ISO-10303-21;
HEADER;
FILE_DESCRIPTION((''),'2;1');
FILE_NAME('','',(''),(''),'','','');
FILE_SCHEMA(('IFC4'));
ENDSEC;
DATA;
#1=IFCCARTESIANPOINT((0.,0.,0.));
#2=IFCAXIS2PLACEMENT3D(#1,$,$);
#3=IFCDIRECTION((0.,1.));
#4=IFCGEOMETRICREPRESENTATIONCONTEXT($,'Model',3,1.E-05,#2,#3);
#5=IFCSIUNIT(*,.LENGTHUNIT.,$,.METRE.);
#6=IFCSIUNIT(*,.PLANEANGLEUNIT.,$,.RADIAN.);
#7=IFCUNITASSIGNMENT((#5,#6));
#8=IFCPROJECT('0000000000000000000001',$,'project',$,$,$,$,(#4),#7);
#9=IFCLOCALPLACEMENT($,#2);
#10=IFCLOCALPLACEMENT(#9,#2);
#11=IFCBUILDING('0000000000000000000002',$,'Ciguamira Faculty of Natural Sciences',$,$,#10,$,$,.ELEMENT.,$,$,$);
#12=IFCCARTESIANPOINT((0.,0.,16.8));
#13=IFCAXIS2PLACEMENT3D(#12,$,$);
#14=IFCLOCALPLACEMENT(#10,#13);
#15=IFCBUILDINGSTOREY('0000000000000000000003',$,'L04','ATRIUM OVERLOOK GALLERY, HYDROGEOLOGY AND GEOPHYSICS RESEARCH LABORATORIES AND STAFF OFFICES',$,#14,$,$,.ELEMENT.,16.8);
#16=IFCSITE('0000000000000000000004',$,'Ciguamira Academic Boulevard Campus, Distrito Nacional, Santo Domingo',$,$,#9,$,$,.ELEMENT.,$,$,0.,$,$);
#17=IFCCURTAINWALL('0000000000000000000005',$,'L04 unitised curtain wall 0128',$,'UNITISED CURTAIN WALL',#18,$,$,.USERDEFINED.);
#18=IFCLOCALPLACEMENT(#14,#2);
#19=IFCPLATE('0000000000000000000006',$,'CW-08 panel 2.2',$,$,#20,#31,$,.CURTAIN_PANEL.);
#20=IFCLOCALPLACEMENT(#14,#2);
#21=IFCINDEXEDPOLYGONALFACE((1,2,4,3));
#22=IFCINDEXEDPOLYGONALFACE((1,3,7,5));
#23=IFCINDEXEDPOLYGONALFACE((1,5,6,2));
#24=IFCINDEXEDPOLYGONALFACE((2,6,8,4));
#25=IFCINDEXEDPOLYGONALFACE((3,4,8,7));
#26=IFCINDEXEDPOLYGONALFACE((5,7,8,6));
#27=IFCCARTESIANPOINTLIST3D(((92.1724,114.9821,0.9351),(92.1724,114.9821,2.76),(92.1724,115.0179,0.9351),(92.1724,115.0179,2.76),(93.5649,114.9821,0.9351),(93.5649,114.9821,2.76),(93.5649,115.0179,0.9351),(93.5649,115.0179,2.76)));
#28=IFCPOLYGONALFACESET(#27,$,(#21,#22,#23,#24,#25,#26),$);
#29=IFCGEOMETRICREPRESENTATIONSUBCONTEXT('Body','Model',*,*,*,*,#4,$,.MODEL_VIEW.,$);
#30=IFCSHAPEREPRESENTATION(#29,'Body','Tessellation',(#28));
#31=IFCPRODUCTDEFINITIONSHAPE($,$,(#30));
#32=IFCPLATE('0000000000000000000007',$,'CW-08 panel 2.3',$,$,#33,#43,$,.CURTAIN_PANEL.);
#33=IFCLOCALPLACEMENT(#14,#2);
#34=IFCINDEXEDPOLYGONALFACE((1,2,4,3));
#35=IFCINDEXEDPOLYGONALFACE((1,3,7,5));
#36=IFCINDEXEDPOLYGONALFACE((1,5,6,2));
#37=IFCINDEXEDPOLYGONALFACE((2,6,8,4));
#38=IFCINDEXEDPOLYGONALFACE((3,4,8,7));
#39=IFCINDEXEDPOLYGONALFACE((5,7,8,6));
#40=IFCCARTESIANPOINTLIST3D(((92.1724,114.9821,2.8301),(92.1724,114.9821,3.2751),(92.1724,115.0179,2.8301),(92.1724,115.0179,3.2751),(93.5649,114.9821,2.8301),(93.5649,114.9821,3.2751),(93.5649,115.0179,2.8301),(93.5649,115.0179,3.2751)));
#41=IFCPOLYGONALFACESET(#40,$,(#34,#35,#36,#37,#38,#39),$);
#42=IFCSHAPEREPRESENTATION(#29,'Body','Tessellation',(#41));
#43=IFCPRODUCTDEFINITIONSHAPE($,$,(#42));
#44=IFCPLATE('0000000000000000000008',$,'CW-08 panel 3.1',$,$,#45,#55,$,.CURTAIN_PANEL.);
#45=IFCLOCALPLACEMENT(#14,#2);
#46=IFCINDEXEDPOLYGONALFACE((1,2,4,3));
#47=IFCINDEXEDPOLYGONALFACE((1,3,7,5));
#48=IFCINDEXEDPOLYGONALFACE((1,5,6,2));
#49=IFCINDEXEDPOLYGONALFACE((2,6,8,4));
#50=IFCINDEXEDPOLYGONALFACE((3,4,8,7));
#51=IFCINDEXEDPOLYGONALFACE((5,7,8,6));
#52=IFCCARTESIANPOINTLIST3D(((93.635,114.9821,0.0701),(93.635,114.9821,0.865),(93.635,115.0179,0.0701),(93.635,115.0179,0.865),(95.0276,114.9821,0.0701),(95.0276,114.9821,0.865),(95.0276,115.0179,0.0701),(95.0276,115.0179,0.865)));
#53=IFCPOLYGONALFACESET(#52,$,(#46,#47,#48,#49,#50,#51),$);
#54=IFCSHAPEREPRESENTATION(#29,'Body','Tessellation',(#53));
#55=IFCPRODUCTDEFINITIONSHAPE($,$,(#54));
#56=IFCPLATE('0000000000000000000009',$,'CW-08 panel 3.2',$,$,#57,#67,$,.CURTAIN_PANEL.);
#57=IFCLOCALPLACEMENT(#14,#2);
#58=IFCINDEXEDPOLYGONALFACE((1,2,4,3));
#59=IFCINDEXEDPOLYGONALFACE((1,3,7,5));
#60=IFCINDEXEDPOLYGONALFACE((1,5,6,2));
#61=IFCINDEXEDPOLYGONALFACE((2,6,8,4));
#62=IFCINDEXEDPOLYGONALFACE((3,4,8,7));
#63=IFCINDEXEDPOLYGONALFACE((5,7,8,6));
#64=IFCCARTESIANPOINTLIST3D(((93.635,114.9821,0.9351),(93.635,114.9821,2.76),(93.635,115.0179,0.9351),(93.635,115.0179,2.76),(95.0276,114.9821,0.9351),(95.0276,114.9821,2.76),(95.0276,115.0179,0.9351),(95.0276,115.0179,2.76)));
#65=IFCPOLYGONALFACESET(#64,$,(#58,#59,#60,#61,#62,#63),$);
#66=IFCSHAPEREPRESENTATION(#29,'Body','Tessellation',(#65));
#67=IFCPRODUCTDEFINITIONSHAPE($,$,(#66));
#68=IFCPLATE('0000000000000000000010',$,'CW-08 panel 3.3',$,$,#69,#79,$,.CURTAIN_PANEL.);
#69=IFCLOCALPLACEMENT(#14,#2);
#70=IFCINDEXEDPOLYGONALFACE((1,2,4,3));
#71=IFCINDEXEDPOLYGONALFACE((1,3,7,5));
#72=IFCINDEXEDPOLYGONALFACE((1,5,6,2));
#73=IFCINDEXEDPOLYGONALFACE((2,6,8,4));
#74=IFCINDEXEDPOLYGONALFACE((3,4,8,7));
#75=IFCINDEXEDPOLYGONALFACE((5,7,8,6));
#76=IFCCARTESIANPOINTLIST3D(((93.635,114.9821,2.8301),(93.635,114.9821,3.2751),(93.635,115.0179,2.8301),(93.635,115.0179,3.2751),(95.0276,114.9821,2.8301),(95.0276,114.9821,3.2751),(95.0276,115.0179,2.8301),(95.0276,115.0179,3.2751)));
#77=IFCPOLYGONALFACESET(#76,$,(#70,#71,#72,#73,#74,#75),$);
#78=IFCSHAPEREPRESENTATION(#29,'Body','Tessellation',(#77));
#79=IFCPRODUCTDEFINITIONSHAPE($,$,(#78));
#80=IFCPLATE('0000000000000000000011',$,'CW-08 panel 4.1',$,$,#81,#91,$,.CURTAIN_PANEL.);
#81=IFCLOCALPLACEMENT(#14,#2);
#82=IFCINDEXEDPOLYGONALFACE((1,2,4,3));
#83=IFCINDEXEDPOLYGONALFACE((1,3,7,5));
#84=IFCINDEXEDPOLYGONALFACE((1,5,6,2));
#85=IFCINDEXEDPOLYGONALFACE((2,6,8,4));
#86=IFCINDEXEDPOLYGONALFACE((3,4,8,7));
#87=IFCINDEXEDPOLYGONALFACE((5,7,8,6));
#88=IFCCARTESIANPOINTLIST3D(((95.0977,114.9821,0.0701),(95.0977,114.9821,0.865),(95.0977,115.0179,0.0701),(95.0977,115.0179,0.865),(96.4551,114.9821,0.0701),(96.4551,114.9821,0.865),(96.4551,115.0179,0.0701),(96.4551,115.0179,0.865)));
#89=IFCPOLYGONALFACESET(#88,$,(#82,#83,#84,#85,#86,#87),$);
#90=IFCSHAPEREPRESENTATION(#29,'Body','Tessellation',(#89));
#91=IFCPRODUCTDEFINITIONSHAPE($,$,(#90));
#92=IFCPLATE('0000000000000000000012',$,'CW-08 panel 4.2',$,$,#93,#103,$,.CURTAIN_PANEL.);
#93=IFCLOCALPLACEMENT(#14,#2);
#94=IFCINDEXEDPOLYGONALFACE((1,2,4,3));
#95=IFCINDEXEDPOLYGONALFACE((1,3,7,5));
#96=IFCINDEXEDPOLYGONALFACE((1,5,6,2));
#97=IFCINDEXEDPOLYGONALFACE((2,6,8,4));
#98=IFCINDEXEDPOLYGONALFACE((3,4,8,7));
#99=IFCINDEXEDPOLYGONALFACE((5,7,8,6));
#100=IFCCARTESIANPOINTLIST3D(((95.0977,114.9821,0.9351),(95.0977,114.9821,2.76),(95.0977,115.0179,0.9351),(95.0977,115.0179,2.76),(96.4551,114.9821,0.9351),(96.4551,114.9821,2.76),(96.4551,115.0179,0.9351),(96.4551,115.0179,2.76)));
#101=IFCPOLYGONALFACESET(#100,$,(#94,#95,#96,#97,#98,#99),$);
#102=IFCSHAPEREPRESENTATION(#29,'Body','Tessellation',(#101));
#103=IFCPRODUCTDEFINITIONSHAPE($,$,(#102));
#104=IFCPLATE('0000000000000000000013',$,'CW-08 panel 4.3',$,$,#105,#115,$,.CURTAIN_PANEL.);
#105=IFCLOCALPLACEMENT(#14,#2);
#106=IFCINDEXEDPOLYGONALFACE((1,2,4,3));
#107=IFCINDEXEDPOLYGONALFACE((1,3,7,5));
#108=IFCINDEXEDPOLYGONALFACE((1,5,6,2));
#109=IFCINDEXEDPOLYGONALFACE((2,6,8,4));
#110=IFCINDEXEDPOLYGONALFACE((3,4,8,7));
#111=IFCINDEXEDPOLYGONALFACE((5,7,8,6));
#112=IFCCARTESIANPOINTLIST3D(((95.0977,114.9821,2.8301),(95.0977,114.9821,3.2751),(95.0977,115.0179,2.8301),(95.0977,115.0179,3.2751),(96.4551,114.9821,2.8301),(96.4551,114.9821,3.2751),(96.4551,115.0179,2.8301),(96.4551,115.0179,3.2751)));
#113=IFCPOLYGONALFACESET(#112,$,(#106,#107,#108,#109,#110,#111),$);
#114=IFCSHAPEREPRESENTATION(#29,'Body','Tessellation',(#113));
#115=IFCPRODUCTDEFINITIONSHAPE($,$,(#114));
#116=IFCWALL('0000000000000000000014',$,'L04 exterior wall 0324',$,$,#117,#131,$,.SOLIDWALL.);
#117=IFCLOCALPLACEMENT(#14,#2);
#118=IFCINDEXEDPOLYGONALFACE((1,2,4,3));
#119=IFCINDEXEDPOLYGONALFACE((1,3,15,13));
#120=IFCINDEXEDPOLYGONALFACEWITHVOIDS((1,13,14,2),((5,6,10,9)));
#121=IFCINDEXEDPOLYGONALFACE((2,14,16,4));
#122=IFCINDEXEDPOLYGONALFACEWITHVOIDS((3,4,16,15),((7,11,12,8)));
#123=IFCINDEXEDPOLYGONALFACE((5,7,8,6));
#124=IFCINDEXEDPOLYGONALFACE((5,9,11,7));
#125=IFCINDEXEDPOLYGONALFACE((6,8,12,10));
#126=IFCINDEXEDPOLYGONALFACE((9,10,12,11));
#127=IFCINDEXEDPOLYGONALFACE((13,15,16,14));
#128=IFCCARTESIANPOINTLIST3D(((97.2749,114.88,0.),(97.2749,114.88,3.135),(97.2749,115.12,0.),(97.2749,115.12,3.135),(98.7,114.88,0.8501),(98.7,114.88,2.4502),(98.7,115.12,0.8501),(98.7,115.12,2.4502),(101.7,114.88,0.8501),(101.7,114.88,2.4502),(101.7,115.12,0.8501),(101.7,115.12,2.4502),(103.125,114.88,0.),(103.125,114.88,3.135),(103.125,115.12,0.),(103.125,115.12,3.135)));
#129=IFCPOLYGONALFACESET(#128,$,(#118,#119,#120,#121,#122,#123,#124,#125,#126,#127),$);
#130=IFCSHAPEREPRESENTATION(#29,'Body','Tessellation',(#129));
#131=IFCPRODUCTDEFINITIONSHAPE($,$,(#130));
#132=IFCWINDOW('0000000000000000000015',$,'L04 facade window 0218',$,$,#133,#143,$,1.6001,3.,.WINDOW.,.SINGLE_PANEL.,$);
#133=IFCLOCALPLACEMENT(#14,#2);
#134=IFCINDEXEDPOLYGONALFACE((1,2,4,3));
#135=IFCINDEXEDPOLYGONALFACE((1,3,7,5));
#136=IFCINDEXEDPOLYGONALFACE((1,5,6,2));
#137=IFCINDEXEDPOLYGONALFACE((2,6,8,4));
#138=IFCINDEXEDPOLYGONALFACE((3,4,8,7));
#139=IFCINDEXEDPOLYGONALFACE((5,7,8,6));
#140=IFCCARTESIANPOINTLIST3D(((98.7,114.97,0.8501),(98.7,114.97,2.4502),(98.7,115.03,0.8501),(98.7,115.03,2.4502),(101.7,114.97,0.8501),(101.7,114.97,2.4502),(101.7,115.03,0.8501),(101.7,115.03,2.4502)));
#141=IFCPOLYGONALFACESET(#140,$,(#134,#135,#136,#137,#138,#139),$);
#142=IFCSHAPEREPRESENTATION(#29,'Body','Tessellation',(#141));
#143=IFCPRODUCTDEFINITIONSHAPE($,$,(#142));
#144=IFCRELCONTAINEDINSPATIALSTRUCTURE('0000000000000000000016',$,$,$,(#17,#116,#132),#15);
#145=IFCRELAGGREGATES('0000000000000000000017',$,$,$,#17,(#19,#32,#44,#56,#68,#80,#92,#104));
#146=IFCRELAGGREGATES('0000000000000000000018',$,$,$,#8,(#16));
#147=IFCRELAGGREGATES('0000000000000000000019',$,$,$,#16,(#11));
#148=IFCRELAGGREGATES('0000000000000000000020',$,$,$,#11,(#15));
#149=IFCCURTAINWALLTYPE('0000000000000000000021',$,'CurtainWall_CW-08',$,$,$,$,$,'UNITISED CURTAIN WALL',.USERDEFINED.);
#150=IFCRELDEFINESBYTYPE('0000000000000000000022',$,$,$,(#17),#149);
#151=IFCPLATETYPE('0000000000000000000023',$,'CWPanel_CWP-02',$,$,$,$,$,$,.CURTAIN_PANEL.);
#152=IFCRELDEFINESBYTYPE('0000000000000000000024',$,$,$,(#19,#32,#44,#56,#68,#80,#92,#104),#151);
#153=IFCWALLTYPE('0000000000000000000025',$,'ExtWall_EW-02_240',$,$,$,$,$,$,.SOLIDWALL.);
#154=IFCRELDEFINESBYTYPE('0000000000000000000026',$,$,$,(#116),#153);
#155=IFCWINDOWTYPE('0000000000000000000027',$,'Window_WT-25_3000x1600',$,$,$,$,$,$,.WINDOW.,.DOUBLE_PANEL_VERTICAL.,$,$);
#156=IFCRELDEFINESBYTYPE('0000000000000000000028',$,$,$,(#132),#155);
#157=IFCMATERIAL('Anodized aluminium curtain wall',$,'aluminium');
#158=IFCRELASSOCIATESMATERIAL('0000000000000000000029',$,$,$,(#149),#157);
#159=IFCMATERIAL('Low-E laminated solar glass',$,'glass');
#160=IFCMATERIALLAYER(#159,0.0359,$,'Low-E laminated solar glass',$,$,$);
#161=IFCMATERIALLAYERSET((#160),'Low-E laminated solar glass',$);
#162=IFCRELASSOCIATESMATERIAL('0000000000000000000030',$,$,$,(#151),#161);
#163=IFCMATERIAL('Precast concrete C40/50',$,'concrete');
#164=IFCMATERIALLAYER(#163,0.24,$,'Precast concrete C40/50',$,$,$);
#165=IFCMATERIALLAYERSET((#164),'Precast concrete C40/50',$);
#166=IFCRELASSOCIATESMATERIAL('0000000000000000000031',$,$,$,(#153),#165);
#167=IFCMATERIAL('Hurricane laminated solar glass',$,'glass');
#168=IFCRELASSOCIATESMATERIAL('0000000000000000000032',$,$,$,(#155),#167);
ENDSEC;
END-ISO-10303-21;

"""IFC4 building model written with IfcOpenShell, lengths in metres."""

from ifc_helpers import new_model, si_unit, direction, frame, frame_2d, origin, origin_2d, place, context, subcontext, project, spatial, rectangle, extrude, material, layer, layer_set, type_object, element, fill, aggregate, save


model = new_model("IFC4")

# Units and contexts
model_context = context("Model", 3, precision=1e-05, world=origin(), true_north=direction((0.0, 1.0)))
body_context = subcontext(model_context, "Body", "Model", "MODEL_VIEW")
ifc_project = project(units=[si_unit("LENGTHUNIT", "METRE"), si_unit("PLANEANGLEUNIT", "RADIAN")], contexts=[model_context])

# Site, building, storey
site_placement = place(None, origin())
site = spatial("IfcSite", under=ifc_project, at=site_placement, Name="Ciguamira Academic Boulevard Campus, Distrito Nacional, Santo Domingo", CompositionType="ELEMENT", RefElevation=0.0)
building_placement = place(site_placement, origin())
building = spatial("IfcBuilding", under=site, at=building_placement, Name="Ciguamira Faculty of Natural Sciences", CompositionType="ELEMENT")
storey_placement = place(building_placement, frame((0.0, 0.0, 16.8)))
storey = spatial("IfcBuildingStorey", under=building, at=storey_placement, Name="L04", Description="ATRIUM OVERLOOK GALLERY, HYDROGEOLOGY AND GEOPHYSICS RESEARCH LABORATORIES AND STAFF OFFICES", CompositionType="ELEMENT", Elevation=16.8)

# Curtain wall
ifc_material_1 = material(Name="Anodized aluminium curtain wall", Category="aluminium")
curtain_wall_type = type_object("IfcCurtainWallType", Name="CurtainWall_CW-08", ElementType="UNITISED CURTAIN WALL", PredefinedType="USERDEFINED", material=ifc_material_1)
curtain_wall_placement = place(storey_placement, origin())
curtain_wall = element("IfcCurtainWall", 1, at=curtain_wall_placement, inside=storey, type_object=curtain_wall_type, Name="L04 unitised curtain wall 0128", ObjectType="UNITISED CURTAIN WALL", PredefinedType="USERDEFINED")

# Plates
ifc_material_2 = material(Name="Low-E laminated solar glass", Category="glass")
ifc_layer_1 = layer(ifc_material_2, 0.0359, Name="Low-E laminated solar glass")
ifc_layer_set_1 = layer_set([ifc_layer_1], Name="Low-E laminated solar glass")
plate_type = type_object("IfcPlateType", Name="CWPanel_CWP-02", PredefinedType="CURTAIN_PANEL", material=ifc_layer_set_1)
plate_1_placement = place(storey_placement, frame((92.8687, 115.0, 0.9351), z_axis=(0.0, 0.0, 1.0), x_axis=(1.0, 0.0, 0.0)))
plate_1 = element("IfcPlate", 2, at=plate_1_placement, type_object=plate_type, Name="CW-08 panel 2.2", PredefinedType="CURTAIN_PANEL", context=body_context, shape_type="SweptSolid", body=[
    extrude(rectangle(XDim=1.3926, YDim=0.0359, at=origin_2d()), origin(), (0.0, 0.0, 1.0), 1.825),
])
plate_2_placement = place(storey_placement, frame((92.8687, 115.0, 2.8301), z_axis=(0.0, 0.0, 1.0), x_axis=(1.0, 0.0, 0.0)))
plate_2 = element("IfcPlate", 3, at=plate_2_placement, type_object=plate_type, Name="CW-08 panel 2.3", PredefinedType="CURTAIN_PANEL", context=body_context, shape_type="SweptSolid", body=[
    extrude(rectangle(XDim=1.3926, YDim=0.0359, at=origin_2d()), origin(), (0.0, 0.0, 1.0), 0.4451),
])
plate_3_placement = place(storey_placement, frame((94.3313, 115.0, 0.0701), z_axis=(0.0, 0.0, 1.0), x_axis=(1.0, 0.0, 0.0)))
plate_3 = element("IfcPlate", 4, at=plate_3_placement, type_object=plate_type, Name="CW-08 panel 3.1", PredefinedType="CURTAIN_PANEL", context=body_context, shape_type="SweptSolid", body=[
    extrude(rectangle(XDim=1.3926, YDim=0.0359, at=origin_2d()), origin(), (0.0, 0.0, 1.0), 0.7949),
])
plate_4_placement = place(storey_placement, frame((94.3313, 115.0, 0.9351), z_axis=(0.0, 0.0, 1.0), x_axis=(1.0, 0.0, 0.0)))
plate_4 = element("IfcPlate", 5, at=plate_4_placement, type_object=plate_type, Name="CW-08 panel 3.2", PredefinedType="CURTAIN_PANEL", context=body_context, shape_type="SweptSolid", body=[
    extrude(rectangle(XDim=1.3926, YDim=0.0359, at=origin_2d()), origin(), (0.0, 0.0, 1.0), 1.825),
])
plate_5_placement = place(storey_placement, frame((94.3313, 115.0, 2.8301), z_axis=(0.0, 0.0, 1.0), x_axis=(1.0, 0.0, 0.0)))
plate_5 = element("IfcPlate", 6, at=plate_5_placement, type_object=plate_type, Name="CW-08 panel 3.3", PredefinedType="CURTAIN_PANEL", context=body_context, shape_type="SweptSolid", body=[
    extrude(rectangle(XDim=1.3926, YDim=0.0359, at=origin_2d()), origin(), (0.0, 0.0, 1.0), 0.4451),
])
plate_6_placement = place(storey_placement, frame((95.7764, 115.0, 0.0701), z_axis=(0.0, 0.0, 1.0), x_axis=(1.0, 0.0, 0.0)))
plate_6 = element("IfcPlate", 7, at=plate_6_placement, type_object=plate_type, Name="CW-08 panel 4.1", PredefinedType="CURTAIN_PANEL", context=body_context, shape_type="SweptSolid", body=[
    extrude(rectangle(XDim=1.3574, YDim=0.0359, at=origin_2d()), origin(), (0.0, 0.0, 1.0), 0.7949),
])
plate_7_placement = place(storey_placement, frame((95.7764, 115.0, 0.9351), z_axis=(0.0, 0.0, 1.0), x_axis=(1.0, 0.0, 0.0)))
plate_7 = element("IfcPlate", 8, at=plate_7_placement, type_object=plate_type, Name="CW-08 panel 4.2", PredefinedType="CURTAIN_PANEL", context=body_context, shape_type="SweptSolid", body=[
    extrude(rectangle(XDim=1.3574, YDim=0.0359, at=origin_2d()), origin(), (0.0, 0.0, 1.0), 1.825),
])
plate_8_placement = place(storey_placement, frame((95.7764, 115.0, 2.8301), z_axis=(0.0, 0.0, 1.0), x_axis=(1.0, 0.0, 0.0)))
plate_8 = element("IfcPlate", 9, at=plate_8_placement, type_object=plate_type, Name="CW-08 panel 4.3", PredefinedType="CURTAIN_PANEL", context=body_context, shape_type="SweptSolid", body=[
    extrude(rectangle(XDim=1.3574, YDim=0.0359, at=origin_2d()), origin(), (0.0, 0.0, 1.0), 0.4451),
])
aggregate(curtain_wall, [plate_1, plate_2, plate_3, plate_4, plate_5, plate_6, plate_7, plate_8])

# Wall, opening, window
ifc_material_3 = material(Name="Precast concrete C40/50", Category="concrete")
ifc_layer_2 = layer(ifc_material_3, 0.24, Name="Precast concrete C40/50")
ifc_layer_set_2 = layer_set([ifc_layer_2], Name="Precast concrete C40/50")
wall_type = type_object("IfcWallType", Name="ExtWall_EW-02_240", PredefinedType="SOLIDWALL", material=ifc_layer_set_2)
wall_placement = place(storey_placement, frame((97.2749, 115.0, 0.0), z_axis=(0.0, 0.0, 1.0), x_axis=(1.0, 0.0, 0.0)))
wall = element("IfcWall", 10, at=wall_placement, inside=storey, type_object=wall_type, Name="L04 exterior wall 0324", PredefinedType="SOLIDWALL", context=body_context, shape_type="SweptSolid", body=[
    extrude(rectangle(XDim=5.8501, YDim=0.24, at=frame_2d((2.925, 0.0))), origin(), (0.0, 0.0, 1.0), 3.135),
])
opening_placement = place(wall_placement, frame((1.425, 0.0, 0.8501)))
opening = element("IfcOpeningElement", 11, at=opening_placement, cuts=wall, PredefinedType="OPENING", context=body_context, shape_type="SweptSolid", body=[
    extrude(rectangle(XDim=3.0, YDim=1.6001, at=frame_2d((1.5, 0.8))), frame((0.0, 0.1299, 0.0), z_axis=(0.0, -1.0, 0.0), x_axis=(1.0, 0.0, 0.0)), (0.0, 0.0, 1.0), 0.26),
])
ifc_material_4 = material(Name="Hurricane laminated solar glass", Category="glass")
window_type = type_object("IfcWindowType", Name="Window_WT-25_3000x1600", PartitioningType="DOUBLE_PANEL_VERTICAL", PredefinedType="WINDOW", material=ifc_material_4)
window_placement = place(opening_placement, origin())
window = element("IfcWindow", 12, at=window_placement, inside=storey, type_object=window_type, Name="L04 facade window 0218", OverallHeight=1.6001, OverallWidth=3.0, PartitioningType="SINGLE_PANEL", PredefinedType="WINDOW", context=body_context, shape_type="SweptSolid", body=[
    extrude(rectangle(XDim=3.0, YDim=1.6001, at=frame_2d((1.5, 0.8))), frame((0.0, 0.03, 0.0), z_axis=(0.0, -1.0, 0.0), x_axis=(1.0, 0.0, 0.0)), (0.0, 0.0, 1.0), 0.0601),
])
fill(opening, window)

save(model, "model.ifc")
